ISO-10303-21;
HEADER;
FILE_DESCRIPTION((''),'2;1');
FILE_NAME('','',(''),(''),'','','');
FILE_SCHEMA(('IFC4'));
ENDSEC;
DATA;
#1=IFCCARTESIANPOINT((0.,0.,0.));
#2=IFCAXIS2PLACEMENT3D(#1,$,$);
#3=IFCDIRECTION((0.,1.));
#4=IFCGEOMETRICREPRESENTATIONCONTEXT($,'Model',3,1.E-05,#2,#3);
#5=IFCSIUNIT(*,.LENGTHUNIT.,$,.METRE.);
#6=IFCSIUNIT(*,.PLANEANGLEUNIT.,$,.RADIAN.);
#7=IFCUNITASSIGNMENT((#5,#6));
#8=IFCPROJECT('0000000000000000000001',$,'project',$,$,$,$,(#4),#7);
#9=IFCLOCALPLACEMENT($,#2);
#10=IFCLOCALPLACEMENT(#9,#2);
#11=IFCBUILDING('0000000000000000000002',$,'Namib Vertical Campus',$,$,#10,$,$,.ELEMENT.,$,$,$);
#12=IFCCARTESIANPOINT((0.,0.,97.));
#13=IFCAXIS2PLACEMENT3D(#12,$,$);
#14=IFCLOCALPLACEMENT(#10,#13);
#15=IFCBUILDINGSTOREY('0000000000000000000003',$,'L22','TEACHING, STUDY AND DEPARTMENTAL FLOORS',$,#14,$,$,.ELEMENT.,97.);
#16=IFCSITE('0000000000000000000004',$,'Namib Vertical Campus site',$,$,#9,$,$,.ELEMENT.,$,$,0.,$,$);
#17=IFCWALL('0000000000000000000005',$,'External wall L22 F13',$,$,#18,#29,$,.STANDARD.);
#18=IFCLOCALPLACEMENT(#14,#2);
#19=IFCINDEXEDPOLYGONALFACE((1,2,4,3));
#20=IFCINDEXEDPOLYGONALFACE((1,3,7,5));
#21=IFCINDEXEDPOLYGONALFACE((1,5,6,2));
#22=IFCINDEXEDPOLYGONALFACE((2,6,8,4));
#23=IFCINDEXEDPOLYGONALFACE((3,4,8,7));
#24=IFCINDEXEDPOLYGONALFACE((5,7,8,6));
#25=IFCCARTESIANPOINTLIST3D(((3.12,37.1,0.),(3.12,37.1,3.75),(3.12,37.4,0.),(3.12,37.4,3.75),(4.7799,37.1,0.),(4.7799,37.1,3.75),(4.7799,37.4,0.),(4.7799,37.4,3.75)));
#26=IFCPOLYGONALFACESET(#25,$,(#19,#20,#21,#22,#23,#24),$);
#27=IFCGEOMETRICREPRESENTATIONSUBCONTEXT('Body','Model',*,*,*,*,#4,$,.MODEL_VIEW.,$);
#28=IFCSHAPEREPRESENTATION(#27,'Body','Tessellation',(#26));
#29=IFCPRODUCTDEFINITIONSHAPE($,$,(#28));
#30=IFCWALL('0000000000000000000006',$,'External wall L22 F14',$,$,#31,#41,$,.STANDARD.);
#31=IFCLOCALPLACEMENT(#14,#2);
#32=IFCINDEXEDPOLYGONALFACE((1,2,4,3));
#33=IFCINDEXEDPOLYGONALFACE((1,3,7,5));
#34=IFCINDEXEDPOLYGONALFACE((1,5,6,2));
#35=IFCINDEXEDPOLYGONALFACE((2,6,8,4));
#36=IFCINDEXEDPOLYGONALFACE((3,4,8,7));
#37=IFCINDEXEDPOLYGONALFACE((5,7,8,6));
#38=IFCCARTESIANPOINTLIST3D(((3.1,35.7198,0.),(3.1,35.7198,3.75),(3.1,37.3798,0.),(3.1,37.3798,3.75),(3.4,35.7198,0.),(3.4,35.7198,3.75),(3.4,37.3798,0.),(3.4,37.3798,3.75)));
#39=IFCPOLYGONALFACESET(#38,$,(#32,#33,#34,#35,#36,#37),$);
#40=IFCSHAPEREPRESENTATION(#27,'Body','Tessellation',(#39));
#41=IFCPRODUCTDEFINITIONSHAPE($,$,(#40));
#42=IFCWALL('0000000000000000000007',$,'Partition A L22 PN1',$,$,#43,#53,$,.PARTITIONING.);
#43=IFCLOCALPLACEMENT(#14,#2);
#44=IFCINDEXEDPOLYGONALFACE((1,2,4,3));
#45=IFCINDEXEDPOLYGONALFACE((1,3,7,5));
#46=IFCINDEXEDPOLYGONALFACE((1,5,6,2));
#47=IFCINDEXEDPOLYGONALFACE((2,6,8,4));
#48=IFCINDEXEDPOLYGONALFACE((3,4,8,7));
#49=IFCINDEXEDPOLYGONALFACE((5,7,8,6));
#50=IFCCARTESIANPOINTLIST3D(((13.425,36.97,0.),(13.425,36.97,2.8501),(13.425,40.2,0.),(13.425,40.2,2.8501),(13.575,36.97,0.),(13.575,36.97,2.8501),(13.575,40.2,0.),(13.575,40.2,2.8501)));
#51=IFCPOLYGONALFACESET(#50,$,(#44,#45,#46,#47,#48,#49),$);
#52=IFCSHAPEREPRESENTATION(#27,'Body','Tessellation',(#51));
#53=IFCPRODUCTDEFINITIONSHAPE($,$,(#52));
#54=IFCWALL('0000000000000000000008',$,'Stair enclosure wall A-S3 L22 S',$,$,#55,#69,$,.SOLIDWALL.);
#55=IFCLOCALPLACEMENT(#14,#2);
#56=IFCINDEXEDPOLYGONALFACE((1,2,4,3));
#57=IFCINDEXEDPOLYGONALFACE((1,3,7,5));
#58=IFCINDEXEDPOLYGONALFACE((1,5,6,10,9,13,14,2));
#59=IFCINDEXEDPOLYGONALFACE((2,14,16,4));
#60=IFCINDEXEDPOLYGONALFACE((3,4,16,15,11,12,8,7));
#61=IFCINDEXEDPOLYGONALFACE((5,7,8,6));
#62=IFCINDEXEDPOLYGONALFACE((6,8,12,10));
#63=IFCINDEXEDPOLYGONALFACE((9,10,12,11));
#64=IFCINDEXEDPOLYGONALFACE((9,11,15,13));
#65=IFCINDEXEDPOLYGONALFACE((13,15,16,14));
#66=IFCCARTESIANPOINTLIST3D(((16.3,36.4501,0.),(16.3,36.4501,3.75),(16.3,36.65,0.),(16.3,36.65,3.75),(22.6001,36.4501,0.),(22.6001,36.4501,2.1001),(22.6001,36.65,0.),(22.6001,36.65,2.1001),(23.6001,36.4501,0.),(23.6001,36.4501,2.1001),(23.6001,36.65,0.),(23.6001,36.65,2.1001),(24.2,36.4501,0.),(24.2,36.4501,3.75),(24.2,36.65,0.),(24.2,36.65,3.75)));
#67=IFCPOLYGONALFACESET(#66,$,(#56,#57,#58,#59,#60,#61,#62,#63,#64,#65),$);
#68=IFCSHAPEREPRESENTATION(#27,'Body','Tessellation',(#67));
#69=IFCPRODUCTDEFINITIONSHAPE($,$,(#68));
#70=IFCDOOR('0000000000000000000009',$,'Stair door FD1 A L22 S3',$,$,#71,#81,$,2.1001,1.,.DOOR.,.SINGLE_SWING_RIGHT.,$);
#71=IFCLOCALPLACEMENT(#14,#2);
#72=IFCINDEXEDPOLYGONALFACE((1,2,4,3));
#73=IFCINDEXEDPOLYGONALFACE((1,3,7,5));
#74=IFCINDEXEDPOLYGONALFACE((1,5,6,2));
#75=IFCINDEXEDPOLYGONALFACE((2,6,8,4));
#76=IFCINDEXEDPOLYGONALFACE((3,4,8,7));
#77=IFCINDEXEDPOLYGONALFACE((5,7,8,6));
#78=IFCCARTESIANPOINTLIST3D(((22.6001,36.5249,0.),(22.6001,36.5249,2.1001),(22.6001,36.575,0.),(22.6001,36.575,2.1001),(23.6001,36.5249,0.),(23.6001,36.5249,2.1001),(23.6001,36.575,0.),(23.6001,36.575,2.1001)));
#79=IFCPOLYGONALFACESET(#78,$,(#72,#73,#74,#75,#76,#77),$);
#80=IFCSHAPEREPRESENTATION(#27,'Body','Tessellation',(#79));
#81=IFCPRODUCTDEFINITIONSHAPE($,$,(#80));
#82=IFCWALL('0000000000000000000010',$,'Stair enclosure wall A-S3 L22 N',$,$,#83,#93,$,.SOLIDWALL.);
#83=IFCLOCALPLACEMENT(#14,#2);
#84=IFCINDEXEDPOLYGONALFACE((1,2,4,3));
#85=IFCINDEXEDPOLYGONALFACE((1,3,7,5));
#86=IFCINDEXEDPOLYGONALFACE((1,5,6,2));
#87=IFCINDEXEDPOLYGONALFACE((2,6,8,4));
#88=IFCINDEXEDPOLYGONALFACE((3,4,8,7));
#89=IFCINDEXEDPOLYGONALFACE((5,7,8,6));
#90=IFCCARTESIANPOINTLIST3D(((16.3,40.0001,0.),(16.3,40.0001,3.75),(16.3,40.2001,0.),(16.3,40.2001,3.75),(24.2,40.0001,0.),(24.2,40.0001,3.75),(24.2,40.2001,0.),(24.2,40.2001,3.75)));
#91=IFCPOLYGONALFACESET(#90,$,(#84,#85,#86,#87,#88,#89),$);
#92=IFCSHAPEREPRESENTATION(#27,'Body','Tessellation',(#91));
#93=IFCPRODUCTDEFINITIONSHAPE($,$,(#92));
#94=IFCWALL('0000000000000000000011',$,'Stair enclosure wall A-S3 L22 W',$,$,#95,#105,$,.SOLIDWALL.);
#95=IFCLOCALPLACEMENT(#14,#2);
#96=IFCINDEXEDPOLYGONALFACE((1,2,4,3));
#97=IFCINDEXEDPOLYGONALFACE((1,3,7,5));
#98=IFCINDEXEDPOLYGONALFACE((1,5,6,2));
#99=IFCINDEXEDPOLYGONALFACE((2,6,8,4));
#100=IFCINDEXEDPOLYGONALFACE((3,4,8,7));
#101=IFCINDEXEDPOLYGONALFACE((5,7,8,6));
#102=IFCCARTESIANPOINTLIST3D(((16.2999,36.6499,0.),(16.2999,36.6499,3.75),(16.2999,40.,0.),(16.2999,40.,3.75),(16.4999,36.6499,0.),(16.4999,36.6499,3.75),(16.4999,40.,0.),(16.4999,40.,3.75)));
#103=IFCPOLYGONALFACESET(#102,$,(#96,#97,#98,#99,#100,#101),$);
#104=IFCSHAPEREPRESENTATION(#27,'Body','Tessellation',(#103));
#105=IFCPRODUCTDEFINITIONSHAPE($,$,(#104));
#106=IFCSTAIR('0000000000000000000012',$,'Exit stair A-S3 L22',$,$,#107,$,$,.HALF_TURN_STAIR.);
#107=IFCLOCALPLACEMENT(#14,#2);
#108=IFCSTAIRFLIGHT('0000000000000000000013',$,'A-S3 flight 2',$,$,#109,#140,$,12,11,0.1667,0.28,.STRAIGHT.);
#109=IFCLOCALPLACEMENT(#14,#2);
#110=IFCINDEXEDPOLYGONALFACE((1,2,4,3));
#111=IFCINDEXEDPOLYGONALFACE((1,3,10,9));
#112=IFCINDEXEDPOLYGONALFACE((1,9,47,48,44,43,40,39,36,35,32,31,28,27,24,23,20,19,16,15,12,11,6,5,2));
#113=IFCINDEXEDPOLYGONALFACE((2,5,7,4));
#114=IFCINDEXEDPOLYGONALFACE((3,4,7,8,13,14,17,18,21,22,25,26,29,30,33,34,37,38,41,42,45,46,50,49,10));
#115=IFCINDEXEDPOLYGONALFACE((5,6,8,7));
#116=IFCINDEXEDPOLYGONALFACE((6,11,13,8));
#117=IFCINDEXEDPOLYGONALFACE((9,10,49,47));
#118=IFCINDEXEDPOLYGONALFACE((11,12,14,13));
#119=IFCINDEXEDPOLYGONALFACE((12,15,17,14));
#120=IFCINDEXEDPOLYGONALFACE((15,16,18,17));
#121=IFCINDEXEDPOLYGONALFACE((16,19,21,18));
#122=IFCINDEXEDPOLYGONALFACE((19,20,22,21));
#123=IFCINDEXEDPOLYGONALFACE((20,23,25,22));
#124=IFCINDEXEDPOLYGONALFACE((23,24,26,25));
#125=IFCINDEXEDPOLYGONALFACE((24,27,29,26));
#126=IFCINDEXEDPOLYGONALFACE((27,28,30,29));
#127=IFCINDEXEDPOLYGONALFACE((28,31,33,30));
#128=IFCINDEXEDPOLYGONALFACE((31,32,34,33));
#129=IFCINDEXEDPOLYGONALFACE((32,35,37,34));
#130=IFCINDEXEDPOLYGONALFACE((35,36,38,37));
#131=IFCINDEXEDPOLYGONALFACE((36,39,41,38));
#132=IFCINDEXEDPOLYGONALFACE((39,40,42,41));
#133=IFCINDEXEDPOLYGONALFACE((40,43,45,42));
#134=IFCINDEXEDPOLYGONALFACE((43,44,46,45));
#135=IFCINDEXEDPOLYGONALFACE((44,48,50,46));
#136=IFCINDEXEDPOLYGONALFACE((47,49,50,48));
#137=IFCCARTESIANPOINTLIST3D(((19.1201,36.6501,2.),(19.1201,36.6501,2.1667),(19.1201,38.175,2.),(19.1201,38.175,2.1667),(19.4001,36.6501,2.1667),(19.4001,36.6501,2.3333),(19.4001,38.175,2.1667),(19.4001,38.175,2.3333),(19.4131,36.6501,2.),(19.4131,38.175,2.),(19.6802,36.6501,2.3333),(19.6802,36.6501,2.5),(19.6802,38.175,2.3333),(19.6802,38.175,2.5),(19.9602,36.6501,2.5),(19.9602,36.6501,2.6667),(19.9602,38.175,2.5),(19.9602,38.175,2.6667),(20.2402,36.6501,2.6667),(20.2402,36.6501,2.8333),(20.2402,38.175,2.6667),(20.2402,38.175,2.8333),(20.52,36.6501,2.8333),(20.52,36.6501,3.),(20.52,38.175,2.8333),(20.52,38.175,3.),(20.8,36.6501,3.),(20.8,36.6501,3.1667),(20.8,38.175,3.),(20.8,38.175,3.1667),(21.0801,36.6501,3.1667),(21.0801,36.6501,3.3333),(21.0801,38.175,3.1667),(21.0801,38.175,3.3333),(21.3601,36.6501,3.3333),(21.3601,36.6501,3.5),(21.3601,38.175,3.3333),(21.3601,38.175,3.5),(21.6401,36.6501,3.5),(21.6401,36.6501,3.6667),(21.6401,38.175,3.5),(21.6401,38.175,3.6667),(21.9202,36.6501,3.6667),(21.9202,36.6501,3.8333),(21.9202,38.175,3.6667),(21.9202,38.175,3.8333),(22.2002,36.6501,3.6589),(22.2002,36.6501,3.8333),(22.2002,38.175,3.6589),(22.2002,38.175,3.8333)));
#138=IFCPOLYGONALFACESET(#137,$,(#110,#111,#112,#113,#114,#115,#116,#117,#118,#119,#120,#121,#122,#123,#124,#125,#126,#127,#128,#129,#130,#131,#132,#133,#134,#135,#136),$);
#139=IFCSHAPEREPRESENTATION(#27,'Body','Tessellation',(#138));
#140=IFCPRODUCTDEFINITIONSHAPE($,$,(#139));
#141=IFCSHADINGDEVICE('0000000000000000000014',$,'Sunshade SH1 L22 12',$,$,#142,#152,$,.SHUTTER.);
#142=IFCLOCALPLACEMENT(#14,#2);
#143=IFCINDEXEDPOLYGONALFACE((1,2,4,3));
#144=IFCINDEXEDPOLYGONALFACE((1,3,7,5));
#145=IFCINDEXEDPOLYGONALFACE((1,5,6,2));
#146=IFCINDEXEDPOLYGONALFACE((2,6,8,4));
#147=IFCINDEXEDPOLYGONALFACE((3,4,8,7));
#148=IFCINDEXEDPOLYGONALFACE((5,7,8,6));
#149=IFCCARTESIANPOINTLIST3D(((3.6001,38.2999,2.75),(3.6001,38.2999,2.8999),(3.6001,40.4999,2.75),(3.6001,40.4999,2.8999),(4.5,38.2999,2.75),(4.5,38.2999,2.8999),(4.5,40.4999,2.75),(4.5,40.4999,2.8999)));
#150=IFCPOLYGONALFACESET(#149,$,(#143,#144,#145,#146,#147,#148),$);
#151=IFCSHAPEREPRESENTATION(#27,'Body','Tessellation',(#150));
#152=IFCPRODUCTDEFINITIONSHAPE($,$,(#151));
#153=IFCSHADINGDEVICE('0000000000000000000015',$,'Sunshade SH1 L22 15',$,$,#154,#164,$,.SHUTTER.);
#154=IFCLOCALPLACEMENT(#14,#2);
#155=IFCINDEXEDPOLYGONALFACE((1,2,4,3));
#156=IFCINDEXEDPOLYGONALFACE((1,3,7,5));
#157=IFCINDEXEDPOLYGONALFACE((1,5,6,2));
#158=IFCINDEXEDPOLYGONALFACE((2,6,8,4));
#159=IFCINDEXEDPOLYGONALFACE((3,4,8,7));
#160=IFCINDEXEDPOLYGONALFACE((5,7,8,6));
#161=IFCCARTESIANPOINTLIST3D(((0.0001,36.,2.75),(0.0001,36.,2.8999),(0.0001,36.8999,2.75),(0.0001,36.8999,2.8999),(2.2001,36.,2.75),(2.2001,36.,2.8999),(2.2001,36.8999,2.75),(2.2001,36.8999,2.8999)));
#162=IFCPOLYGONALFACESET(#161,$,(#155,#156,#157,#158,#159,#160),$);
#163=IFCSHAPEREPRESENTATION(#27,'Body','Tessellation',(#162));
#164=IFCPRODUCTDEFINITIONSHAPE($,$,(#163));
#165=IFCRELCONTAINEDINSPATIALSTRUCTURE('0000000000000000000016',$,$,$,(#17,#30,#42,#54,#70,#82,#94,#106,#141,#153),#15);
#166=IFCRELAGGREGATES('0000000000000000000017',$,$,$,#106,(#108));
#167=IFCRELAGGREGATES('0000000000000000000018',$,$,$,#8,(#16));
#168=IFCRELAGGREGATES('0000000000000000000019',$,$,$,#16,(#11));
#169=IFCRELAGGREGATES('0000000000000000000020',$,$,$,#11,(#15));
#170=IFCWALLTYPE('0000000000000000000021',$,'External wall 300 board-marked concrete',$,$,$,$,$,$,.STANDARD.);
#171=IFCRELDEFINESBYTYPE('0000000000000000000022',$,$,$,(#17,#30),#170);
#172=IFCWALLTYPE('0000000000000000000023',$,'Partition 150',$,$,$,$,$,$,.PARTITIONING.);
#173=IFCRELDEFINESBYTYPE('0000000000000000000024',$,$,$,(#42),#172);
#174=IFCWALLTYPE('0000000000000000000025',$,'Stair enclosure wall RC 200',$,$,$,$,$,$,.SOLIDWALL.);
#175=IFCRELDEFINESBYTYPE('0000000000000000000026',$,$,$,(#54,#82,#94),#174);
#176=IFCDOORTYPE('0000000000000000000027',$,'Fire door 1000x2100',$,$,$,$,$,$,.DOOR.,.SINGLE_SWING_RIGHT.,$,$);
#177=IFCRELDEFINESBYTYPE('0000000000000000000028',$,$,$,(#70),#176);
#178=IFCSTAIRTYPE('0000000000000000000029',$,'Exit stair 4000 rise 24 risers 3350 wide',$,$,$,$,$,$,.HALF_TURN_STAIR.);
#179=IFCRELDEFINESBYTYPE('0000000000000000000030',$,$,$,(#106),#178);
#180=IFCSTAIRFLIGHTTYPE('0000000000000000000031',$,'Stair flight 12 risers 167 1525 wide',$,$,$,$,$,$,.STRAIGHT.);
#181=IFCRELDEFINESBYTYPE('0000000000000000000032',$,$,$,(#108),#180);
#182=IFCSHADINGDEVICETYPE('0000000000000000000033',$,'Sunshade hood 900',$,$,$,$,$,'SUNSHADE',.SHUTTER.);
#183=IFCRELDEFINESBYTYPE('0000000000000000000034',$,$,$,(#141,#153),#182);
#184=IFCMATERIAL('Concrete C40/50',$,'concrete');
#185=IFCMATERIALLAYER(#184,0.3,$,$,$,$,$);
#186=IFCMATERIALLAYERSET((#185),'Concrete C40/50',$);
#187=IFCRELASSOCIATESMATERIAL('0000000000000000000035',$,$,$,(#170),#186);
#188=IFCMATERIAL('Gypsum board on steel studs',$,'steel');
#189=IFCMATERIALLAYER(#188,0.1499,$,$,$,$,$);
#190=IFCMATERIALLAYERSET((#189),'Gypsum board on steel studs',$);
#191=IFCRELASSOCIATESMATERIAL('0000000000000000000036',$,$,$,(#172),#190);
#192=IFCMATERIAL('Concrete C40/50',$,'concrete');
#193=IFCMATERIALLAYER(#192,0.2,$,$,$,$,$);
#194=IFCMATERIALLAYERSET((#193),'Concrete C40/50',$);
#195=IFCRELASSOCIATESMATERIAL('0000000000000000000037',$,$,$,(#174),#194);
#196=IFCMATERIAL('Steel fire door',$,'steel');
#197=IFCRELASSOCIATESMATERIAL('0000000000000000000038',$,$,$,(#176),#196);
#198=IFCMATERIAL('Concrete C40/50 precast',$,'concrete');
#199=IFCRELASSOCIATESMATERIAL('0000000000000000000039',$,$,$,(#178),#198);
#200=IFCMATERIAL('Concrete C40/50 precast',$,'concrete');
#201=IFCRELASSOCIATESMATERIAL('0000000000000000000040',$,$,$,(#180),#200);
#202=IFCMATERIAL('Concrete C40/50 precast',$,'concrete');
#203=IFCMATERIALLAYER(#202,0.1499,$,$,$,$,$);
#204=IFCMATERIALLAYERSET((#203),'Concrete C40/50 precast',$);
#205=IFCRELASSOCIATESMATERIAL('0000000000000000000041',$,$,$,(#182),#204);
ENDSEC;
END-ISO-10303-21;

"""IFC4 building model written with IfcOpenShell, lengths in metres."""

from ifc_helpers import new_model, si_unit, direction, frame, frame_2d, origin, origin_2d, place, context, subcontext, project, spatial, polyline, rectangle, outline, extrude, material, layer, layer_set, type_object, element, fill, aggregate, save


model = new_model("IFC4")

# Units and contexts
model_context = context("Model", 3, precision=1e-05, world=origin(), true_north=direction((0.0, 1.0)))
body_context = subcontext(model_context, "Body", "Model", "MODEL_VIEW")
ifc_project = project(units=[si_unit("LENGTHUNIT", "METRE"), si_unit("PLANEANGLEUNIT", "RADIAN")], contexts=[model_context])

# Site, building, storey
site_placement = place(None, origin())
site = spatial("IfcSite", under=ifc_project, at=site_placement, Name="Namib Vertical Campus site", CompositionType="ELEMENT", RefElevation=0.0)
building_placement = place(site_placement, origin())
building = spatial("IfcBuilding", under=site, at=building_placement, Name="Namib Vertical Campus", CompositionType="ELEMENT")
storey_placement = place(building_placement, frame((0.0, 0.0, 97.0)))
storey = spatial("IfcBuildingStorey", under=building, at=storey_placement, Name="L22", Description="TEACHING, STUDY AND DEPARTMENTAL FLOORS", CompositionType="ELEMENT", Elevation=97.0)

# Walls
ifc_material_1 = material(Name="Concrete C40/50", Category="concrete")
ifc_layer_1 = layer(ifc_material_1, 0.3)
ifc_layer_set_1 = layer_set([ifc_layer_1], Name="Concrete C40/50")
wall_type_1 = type_object("IfcWallType", Name="External wall 300 board-marked concrete", PredefinedType="STANDARD", material=ifc_layer_set_1)
for number, where, z_axis, x_axis, name in (
    (1, (4.78, 37.25, 0.0), (0.0, 0.0, 1.0), (-1.0, 0.0, 0.0), "External wall L22 F13"),
    (2, (3.25, 37.3799, 0.0), (0.0, 0.0, 1.0), (0.0, -1.0, 0.0), "External wall L22 F14"),
):
    element("IfcWall", number, at=place(storey_placement, frame(where, z_axis=z_axis, x_axis=x_axis)), inside=storey, type_object=wall_type_1, Name=name, PredefinedType="STANDARD", context=body_context, shape_type="SweptSolid", body=[
        extrude(rectangle(XDim=1.6599, YDim=0.3, at=frame_2d((0.8301, 0.0))), origin(), (0.0, 0.0, 1.0), 3.75),
    ])
ifc_material_2 = material(Name="Gypsum board on steel studs", Category="steel")
ifc_layer_2 = layer(ifc_material_2, 0.1499)
ifc_layer_set_2 = layer_set([ifc_layer_2], Name="Gypsum board on steel studs")
wall_type_2 = type_object("IfcWallType", Name="Partition 150", PredefinedType="PARTITIONING", material=ifc_layer_set_2)
wall_1_placement = place(storey_placement, frame((13.5, 36.97, 0.0), z_axis=(0.0, 0.0, 1.0), x_axis=(0.0, 1.0, 0.0)))
element("IfcWall", 3, at=wall_1_placement, inside=storey, type_object=wall_type_2, Name="Partition A L22 PN1", PredefinedType="PARTITIONING", context=body_context, shape_type="SweptSolid", body=[
    extrude(rectangle(XDim=3.23, YDim=0.1499, at=frame_2d((1.615, 0.0))), origin(), (0.0, 0.0, 1.0), 2.8501),
])

# Wall, opening, door
ifc_material_3 = material(Name="Concrete C40/50", Category="concrete")
ifc_layer_3 = layer(ifc_material_3, 0.2)
ifc_layer_set_3 = layer_set([ifc_layer_3], Name="Concrete C40/50")
wall_type_3 = type_object("IfcWallType", Name="Stair enclosure wall RC 200", PredefinedType="SOLIDWALL", material=ifc_layer_set_3)
wall_2_placement = place(storey_placement, frame((16.3, 36.55, 0.0), z_axis=(0.0, 0.0, 1.0), x_axis=(1.0, 0.0, 0.0)))
wall_2 = element("IfcWall", 4, at=wall_2_placement, inside=storey, type_object=wall_type_3, Name="Stair enclosure wall A-S3 L22 S", PredefinedType="SOLIDWALL", context=body_context, shape_type="SweptSolid", body=[
    extrude(rectangle(XDim=7.8999, YDim=0.2, at=frame_2d((3.95, 0.0))), origin(), (0.0, 0.0, 1.0), 3.75),
])
opening_placement = place(wall_2_placement, frame((6.3, 0.0, 0.0)))
opening = element("IfcOpeningElement", 5, at=opening_placement, cuts=wall_2, PredefinedType="OPENING", context=body_context, shape_type="SweptSolid", body=[
    extrude(rectangle(XDim=1.0, YDim=2.1001, at=frame_2d((0.5, 1.05))), frame((0.0, 0.1099, 0.0), z_axis=(0.0, -1.0, 0.0), x_axis=(1.0, 0.0, 0.0)), (0.0, 0.0, 1.0), 0.22),
])
ifc_material_4 = material(Name="Steel fire door", Category="steel")
door_type = type_object("IfcDoorType", Name="Fire door 1000x2100", OperationType="SINGLE_SWING_RIGHT", PredefinedType="DOOR", material=ifc_material_4)
door_placement = place(opening_placement, origin())
door = element("IfcDoor", 6, at=door_placement, inside=storey, type_object=door_type, Name="Stair door FD1 A L22 S3", OperationType="SINGLE_SWING_RIGHT", OverallHeight=2.1001, OverallWidth=1.0, PredefinedType="DOOR", context=body_context, shape_type="SweptSolid", body=[
    extrude(rectangle(XDim=1.0, YDim=2.1001, at=frame_2d((0.5, 1.05))), frame((0.0, 0.0249, 0.0), z_axis=(0.0, -1.0, 0.0), x_axis=(1.0, 0.0, 0.0)), (0.0, 0.0, 1.0), 0.05),
])
fill(opening, door)

# Walls
wall_3_placement = place(storey_placement, frame((16.3, 40.1001, 0.0), z_axis=(0.0, 0.0, 1.0), x_axis=(1.0, 0.0, 0.0)))
element("IfcWall", 7, at=wall_3_placement, inside=storey, type_object=wall_type_3, Name="Stair enclosure wall A-S3 L22 N", PredefinedType="SOLIDWALL", context=body_context, shape_type="SweptSolid", body=[
    extrude(rectangle(XDim=7.8999, YDim=0.2, at=frame_2d((3.95, 0.0))), origin(), (0.0, 0.0, 1.0), 3.75),
])
wall_4_placement = place(storey_placement, frame((16.3999, 36.6499, 0.0), z_axis=(0.0, 0.0, 1.0), x_axis=(0.0, 1.0, 0.0)))
element("IfcWall", 8, at=wall_4_placement, inside=storey, type_object=wall_type_3, Name="Stair enclosure wall A-S3 L22 W", PredefinedType="SOLIDWALL", context=body_context, shape_type="SweptSolid", body=[
    extrude(rectangle(XDim=3.3501, YDim=0.2, at=frame_2d((1.675, 0.0))), origin(), (0.0, 0.0, 1.0), 3.75),
])

# Stair, stair flight
ifc_material_5 = material(Name="Concrete C40/50 precast", Category="concrete")
stair_type = type_object("IfcStairType", Name="Exit stair 4000 rise 24 risers 3350 wide", PredefinedType="HALF_TURN_STAIR", material=ifc_material_5)
stair_placement = place(storey_placement, origin())
stair = element("IfcStair", 9, at=stair_placement, inside=storey, type_object=stair_type, Name="Exit stair A-S3 L22", PredefinedType="HALF_TURN_STAIR")
ifc_material_6 = material(Name="Concrete C40/50 precast", Category="concrete")
stair_flight_type = type_object("IfcStairFlightType", Name="Stair flight 12 risers 167 1525 wide", PredefinedType="STRAIGHT", material=ifc_material_6)
stair_flight_placement = place(storey_placement, frame((19.1201, 37.4126, 2.0), z_axis=(0.0, 0.0, 1.0), x_axis=(1.0, 0.0, 0.0)))
stair_flight = element("IfcStairFlight", 10, at=stair_flight_placement, type_object=stair_flight_type, Name="A-S3 flight 2", NumberOfRisers=12, NumberOfTreads=11, PredefinedType="STRAIGHT", RiserHeight=0.1667, TreadLength=0.28, context=body_context, shape_type="SweptSolid", body=[
    extrude(outline(polyline([(0.0, 0.0), (0.0, 0.1667), (0.28, 0.1667), (0.28, 0.3333), (0.5601, 0.3333), (0.5601, 0.5), (0.8401, 0.5), (0.8401, 0.6667), (1.1201, 0.6667), (1.1201, 0.8333), (1.3999, 0.8333), (1.3999, 1.0), (1.6799, 1.0), (1.6799, 1.1667), (1.96, 1.1667), (1.96, 1.3333), (2.24, 1.3333), (2.24, 1.5), (2.52, 1.5), (2.52, 1.6667), (2.8, 1.6667), (2.8, 1.8333), (3.0801, 1.8333), (3.0801, 2.0), (3.0801, 1.6589), (0.293, 0.0), (0.0, 0.0)])), frame((0.0, 0.7625, 0.0), z_axis=(0.0, -1.0, 0.0), x_axis=(1.0, 0.0, 0.0)), (0.0, 0.0, 1.0), 1.5249),
])
aggregate(stair, [stair_flight])

# Shading devices
ifc_material_7 = material(Name="Concrete C40/50 precast", Category="concrete")
ifc_layer_4 = layer(ifc_material_7, 0.1499)
ifc_layer_set_4 = layer_set([ifc_layer_4], Name="Concrete C40/50 precast")
shading_device_type = type_object("IfcShadingDeviceType", Name="Sunshade hood 900", ElementType="SUNSHADE", PredefinedType="SHUTTER", material=ifc_layer_set_4)
for number, where, z_axis, x_axis, name in (
    (11, (4.05, 39.3999, 2.75), (0.0, 0.0, 1.0), (0.0, -1.0, 0.0), "Sunshade SH1 L22 12"),
    (12, (1.1001, 36.45, 2.75), (0.0, 0.0, 1.0), (-1.0, 0.0, 0.0), "Sunshade SH1 L22 15"),
):
    element("IfcShadingDevice", number, at=place(storey_placement, frame(where, z_axis=z_axis, x_axis=x_axis)), inside=storey, type_object=shading_device_type, Name=name, PredefinedType="SHUTTER", context=body_context, shape_type="SweptSolid", body=[
        extrude(rectangle(XDim=2.2, YDim=0.8999, at=origin_2d()), origin(), (0.0, 0.0, 1.0), 0.1499),
    ])

save(model, "model.ifc")
